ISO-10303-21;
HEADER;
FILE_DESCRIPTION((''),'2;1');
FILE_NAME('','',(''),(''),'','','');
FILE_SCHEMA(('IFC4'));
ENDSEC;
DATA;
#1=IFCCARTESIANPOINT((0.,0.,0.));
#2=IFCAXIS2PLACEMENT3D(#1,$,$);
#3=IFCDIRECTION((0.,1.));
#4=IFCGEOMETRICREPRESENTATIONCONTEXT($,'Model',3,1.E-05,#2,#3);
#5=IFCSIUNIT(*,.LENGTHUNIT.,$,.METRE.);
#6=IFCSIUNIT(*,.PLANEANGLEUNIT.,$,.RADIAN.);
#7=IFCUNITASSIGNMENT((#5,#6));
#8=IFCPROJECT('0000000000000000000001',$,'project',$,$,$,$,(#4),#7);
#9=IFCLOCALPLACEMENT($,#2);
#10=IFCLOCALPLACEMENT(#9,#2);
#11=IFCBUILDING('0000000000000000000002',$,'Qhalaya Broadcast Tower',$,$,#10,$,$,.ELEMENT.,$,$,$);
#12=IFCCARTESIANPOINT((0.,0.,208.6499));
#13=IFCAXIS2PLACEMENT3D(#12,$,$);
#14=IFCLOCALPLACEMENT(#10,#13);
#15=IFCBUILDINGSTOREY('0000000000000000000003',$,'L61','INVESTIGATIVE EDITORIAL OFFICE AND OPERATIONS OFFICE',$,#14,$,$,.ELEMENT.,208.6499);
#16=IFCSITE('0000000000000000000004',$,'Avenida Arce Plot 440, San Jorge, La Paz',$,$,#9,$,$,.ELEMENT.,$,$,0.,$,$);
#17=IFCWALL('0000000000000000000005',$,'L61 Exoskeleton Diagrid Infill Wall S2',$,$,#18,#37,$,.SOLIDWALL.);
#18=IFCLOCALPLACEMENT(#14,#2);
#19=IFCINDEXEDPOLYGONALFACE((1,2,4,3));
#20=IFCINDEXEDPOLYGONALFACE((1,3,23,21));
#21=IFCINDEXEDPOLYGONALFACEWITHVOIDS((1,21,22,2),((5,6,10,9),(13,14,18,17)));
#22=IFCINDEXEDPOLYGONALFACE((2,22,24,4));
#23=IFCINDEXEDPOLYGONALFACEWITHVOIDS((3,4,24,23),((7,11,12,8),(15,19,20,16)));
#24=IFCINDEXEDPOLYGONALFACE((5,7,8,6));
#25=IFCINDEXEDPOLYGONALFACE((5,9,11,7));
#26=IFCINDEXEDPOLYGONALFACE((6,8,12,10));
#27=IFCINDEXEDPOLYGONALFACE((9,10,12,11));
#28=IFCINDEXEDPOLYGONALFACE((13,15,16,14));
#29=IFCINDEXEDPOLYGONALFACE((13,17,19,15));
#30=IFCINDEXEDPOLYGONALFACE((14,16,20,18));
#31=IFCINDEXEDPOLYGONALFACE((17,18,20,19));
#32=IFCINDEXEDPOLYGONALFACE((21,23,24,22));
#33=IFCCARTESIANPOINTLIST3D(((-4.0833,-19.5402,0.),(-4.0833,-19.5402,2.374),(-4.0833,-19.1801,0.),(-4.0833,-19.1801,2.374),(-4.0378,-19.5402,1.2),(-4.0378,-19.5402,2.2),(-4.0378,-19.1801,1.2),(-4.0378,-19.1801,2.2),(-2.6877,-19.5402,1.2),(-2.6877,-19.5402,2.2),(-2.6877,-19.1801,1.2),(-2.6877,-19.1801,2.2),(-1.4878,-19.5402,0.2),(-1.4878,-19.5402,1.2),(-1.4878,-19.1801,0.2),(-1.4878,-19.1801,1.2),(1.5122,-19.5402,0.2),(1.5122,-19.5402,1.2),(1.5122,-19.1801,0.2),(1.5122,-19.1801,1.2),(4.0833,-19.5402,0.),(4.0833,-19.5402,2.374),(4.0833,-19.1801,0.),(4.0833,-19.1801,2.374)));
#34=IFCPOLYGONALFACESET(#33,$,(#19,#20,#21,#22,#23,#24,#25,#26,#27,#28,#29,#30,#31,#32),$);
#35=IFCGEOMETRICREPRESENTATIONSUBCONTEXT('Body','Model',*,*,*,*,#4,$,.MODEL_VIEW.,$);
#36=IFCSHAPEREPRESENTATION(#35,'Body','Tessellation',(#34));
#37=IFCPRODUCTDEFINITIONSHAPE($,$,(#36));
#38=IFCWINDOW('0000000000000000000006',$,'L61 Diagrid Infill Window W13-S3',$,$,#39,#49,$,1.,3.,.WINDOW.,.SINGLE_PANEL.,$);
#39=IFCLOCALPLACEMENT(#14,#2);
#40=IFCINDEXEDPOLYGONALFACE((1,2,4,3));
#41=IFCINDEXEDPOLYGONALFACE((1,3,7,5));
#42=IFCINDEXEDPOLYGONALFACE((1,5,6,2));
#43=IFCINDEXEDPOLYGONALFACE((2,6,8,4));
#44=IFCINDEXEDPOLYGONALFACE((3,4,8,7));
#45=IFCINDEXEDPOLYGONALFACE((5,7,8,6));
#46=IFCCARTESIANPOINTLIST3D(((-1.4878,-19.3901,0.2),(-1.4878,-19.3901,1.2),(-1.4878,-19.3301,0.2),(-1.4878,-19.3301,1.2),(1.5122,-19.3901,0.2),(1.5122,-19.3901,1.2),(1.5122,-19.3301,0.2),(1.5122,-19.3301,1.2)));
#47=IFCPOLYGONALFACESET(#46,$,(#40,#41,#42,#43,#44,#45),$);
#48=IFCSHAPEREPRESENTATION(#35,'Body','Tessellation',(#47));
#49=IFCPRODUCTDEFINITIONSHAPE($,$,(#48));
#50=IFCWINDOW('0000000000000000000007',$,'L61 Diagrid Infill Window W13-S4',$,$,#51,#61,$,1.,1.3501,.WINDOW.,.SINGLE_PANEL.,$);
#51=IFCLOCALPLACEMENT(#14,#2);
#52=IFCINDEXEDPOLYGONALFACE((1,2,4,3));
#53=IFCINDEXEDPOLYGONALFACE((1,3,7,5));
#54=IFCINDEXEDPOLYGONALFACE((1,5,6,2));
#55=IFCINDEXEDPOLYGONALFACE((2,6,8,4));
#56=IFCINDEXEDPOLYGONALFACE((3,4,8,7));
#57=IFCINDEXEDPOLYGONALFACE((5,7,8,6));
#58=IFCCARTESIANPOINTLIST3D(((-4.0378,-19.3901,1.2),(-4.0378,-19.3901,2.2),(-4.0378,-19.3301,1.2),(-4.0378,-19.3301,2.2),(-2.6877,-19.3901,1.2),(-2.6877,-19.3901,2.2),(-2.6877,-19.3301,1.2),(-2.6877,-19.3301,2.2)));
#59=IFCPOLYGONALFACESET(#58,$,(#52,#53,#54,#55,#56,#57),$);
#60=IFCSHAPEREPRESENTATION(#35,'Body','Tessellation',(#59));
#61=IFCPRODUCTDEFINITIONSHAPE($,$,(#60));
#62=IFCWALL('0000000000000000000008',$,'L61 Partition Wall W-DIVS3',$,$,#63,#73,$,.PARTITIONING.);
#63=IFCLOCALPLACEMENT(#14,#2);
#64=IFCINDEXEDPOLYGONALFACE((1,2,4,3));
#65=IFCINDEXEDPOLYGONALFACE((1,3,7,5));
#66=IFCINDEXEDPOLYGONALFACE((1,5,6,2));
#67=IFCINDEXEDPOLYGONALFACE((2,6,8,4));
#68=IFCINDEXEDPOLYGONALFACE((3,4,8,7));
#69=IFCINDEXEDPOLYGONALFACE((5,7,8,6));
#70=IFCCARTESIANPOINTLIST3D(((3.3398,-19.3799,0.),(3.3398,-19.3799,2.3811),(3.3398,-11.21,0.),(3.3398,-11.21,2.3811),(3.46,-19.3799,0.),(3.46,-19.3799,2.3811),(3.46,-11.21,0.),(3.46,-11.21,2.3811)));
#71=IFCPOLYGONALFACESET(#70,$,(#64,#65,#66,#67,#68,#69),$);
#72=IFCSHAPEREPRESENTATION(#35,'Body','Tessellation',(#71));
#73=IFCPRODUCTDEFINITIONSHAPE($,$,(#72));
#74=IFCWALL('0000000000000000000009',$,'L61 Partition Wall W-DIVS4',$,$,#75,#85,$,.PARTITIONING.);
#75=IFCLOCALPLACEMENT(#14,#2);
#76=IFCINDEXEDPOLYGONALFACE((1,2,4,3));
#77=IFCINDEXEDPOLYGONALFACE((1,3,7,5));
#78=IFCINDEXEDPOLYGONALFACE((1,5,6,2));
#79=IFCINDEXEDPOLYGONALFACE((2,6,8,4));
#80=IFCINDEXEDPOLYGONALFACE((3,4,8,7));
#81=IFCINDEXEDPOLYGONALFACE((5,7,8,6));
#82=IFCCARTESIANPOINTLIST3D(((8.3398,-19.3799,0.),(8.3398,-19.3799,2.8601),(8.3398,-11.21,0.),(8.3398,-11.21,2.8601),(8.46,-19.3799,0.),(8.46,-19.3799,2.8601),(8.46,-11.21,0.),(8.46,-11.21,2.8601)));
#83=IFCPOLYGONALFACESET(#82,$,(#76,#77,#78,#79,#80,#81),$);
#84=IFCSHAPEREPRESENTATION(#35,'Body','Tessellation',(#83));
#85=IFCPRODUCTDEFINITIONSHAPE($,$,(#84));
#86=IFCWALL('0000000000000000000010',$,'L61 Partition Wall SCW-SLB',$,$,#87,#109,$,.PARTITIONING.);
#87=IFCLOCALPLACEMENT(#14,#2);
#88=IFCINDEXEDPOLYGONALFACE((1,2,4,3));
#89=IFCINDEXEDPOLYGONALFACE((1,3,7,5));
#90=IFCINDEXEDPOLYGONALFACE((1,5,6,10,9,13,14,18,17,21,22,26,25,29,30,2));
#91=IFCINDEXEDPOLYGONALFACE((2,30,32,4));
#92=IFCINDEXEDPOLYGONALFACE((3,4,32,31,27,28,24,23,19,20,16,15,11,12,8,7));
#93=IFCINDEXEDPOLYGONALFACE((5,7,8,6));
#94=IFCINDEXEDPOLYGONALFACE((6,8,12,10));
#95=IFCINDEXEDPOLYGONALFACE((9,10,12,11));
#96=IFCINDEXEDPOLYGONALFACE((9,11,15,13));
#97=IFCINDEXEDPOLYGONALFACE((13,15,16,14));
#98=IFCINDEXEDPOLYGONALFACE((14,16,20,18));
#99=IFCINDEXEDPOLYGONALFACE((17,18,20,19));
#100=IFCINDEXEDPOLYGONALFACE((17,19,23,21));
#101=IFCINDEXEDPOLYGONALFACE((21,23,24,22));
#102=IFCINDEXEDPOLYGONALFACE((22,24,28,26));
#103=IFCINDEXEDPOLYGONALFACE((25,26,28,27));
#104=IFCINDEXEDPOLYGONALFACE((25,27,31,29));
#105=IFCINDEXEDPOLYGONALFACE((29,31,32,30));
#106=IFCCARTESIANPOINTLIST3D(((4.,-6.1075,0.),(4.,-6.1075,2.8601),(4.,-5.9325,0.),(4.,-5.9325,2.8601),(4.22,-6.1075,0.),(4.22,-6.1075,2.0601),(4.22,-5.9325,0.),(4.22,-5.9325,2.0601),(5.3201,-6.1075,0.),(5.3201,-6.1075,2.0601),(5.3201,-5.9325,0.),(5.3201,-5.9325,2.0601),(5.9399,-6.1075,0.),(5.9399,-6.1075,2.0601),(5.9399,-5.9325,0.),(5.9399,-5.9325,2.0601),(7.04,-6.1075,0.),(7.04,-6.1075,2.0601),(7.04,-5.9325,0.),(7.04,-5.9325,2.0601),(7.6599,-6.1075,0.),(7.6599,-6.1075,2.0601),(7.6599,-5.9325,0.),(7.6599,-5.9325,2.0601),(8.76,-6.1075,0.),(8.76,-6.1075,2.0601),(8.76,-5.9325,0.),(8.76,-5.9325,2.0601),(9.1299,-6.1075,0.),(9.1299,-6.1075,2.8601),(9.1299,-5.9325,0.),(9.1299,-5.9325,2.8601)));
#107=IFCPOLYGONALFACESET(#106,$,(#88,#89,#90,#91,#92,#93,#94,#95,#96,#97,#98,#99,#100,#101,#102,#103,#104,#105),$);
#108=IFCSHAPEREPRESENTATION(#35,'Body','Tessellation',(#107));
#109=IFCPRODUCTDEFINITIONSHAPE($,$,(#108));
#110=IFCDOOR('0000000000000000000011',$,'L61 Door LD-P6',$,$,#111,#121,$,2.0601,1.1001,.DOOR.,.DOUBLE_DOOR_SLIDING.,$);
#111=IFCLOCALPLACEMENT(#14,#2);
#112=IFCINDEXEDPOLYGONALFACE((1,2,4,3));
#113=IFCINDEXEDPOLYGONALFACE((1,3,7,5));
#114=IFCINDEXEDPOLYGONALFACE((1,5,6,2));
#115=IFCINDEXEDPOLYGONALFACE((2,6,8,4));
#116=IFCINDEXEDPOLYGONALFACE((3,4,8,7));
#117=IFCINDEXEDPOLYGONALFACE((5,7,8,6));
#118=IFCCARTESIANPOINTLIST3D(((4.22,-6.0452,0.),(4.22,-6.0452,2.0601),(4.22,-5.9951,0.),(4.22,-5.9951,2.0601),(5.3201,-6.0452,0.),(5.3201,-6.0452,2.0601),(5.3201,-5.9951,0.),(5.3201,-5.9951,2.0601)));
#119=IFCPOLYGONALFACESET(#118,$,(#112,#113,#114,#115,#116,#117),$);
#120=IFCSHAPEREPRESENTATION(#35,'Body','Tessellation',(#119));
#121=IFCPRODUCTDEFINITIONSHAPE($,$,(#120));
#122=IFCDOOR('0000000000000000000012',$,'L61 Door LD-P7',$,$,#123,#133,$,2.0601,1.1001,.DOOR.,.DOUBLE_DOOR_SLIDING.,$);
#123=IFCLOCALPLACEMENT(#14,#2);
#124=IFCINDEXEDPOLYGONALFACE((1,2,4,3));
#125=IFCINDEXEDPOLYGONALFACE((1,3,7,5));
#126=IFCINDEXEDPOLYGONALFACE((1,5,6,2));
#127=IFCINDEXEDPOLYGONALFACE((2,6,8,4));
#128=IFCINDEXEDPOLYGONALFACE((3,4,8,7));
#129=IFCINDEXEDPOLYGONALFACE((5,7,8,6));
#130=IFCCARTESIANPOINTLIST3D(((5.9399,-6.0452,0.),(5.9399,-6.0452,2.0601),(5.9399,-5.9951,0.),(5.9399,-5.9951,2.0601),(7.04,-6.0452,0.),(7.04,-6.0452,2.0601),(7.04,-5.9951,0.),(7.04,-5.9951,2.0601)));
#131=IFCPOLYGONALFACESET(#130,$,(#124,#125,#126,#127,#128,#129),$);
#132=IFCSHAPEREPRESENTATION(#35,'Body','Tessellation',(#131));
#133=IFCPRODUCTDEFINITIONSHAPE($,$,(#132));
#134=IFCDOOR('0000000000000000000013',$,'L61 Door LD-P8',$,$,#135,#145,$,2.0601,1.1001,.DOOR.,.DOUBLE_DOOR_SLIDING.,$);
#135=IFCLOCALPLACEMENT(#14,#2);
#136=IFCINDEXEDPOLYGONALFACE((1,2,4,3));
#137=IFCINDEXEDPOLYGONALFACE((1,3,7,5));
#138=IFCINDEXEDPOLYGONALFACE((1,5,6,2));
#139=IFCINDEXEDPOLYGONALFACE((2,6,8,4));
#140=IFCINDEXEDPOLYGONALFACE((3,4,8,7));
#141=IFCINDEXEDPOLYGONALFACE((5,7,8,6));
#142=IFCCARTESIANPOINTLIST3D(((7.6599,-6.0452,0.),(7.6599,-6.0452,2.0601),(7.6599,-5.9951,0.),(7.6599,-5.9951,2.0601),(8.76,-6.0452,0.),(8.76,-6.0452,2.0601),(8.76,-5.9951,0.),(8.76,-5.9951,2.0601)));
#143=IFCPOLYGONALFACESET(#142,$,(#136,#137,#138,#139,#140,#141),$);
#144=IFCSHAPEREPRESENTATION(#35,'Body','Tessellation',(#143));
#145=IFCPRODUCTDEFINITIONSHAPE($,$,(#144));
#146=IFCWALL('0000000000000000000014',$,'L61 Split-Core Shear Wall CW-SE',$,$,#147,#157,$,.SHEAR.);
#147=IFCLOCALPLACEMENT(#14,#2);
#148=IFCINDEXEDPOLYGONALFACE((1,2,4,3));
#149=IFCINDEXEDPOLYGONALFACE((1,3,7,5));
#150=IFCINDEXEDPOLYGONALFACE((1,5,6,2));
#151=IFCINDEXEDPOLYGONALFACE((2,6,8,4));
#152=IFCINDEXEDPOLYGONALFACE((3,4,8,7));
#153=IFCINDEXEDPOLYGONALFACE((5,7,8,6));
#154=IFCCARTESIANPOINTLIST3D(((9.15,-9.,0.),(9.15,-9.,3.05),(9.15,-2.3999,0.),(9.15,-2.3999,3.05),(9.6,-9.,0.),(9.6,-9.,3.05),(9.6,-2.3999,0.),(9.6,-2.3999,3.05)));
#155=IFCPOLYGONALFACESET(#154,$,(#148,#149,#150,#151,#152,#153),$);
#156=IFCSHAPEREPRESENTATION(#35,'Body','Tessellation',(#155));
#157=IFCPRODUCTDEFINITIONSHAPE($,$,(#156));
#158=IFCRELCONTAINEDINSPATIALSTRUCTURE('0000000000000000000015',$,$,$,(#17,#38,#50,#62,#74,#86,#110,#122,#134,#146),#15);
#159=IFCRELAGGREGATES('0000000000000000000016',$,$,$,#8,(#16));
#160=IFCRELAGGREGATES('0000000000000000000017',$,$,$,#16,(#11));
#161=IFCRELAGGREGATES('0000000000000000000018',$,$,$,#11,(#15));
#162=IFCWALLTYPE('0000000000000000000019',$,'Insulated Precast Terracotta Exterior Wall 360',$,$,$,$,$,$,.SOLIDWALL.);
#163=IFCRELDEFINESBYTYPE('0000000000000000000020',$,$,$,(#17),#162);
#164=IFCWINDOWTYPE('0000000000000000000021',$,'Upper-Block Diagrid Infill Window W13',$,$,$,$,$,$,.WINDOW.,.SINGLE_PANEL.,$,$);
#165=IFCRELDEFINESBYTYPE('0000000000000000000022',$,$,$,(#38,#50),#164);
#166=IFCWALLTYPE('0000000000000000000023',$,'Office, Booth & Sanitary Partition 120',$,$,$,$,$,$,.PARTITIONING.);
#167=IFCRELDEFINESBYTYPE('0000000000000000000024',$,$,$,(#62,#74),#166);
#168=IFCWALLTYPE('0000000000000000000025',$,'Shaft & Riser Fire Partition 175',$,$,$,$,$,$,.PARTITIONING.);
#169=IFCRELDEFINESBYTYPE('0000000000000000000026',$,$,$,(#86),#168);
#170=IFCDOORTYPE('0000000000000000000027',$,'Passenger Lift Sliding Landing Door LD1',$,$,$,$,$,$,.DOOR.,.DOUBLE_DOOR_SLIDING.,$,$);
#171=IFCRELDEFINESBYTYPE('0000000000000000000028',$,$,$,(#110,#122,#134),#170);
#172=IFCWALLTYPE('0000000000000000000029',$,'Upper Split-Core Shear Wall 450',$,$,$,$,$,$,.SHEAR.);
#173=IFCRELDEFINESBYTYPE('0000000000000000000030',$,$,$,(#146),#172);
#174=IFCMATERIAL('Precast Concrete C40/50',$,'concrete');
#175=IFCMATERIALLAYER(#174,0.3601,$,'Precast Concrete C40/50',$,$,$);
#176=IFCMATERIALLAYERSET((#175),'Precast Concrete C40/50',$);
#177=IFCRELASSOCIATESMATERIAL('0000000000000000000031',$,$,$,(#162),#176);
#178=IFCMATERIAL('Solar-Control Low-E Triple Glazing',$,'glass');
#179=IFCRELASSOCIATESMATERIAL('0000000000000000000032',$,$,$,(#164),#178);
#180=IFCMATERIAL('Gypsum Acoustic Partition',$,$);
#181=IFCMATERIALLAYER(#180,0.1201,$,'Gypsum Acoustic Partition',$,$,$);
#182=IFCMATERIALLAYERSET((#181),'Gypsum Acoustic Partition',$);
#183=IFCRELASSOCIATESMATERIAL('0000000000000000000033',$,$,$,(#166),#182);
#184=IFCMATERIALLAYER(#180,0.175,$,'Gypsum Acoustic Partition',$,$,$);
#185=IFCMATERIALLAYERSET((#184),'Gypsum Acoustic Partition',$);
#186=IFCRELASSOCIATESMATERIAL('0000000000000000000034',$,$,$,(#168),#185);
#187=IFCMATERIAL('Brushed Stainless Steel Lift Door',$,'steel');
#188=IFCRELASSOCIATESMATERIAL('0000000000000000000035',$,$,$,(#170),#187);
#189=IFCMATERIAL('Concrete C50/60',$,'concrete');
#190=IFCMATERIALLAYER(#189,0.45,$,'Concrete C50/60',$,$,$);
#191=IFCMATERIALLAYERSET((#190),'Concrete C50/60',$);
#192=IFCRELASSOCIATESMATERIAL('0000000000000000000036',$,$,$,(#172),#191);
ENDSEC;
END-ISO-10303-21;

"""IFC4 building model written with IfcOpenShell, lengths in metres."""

from ifc_helpers import new_model, si_unit, direction, frame, frame_2d, origin, place, context, subcontext, project, spatial, rectangle, extrude, material, layer, layer_set, type_object, element, fill, save


model = new_model("IFC4")

# Units and contexts
model_context = context("Model", 3, precision=1e-05, world=origin(), true_north=direction((0.0, 1.0)))
body_context = subcontext(model_context, "Body", "Model", "MODEL_VIEW")
ifc_project = project(units=[si_unit("LENGTHUNIT", "METRE"), si_unit("PLANEANGLEUNIT", "RADIAN")], contexts=[model_context])

# Site, building, storey
site_placement = place(None, origin())
site = spatial("IfcSite", under=ifc_project, at=site_placement, Name="Avenida Arce Plot 440, San Jorge, La Paz", CompositionType="ELEMENT", RefElevation=0.0)
building_placement = place(site_placement, origin())
building = spatial("IfcBuilding", under=site, at=building_placement, Name="Qhalaya Broadcast Tower", CompositionType="ELEMENT")
storey_placement = place(building_placement, frame((0.0, 0.0, 208.6499)))
storey = spatial("IfcBuildingStorey", under=building, at=storey_placement, Name="L61", Description="INVESTIGATIVE EDITORIAL OFFICE AND OPERATIONS OFFICE", CompositionType="ELEMENT", Elevation=208.6499)

# Shared definitions
ifc_material_1 = material(Name="Gypsum Acoustic Partition")

# Wall, openings, windows
ifc_material_2 = material(Name="Precast Concrete C40/50", Category="concrete")
ifc_layer_1 = layer(ifc_material_2, 0.3601, Name="Precast Concrete C40/50")
ifc_layer_set_1 = layer_set([ifc_layer_1], Name="Precast Concrete C40/50")
wall_type_1 = type_object("IfcWallType", Name="Insulated Precast Terracotta Exterior Wall 360", PredefinedType="SOLIDWALL", material=ifc_layer_set_1)
wall_1_placement = place(storey_placement, frame((4.0833, -19.3601, 0.0), z_axis=(0.0, 0.0, 1.0), x_axis=(-1.0, 0.0, 0.0)))
wall_1 = element("IfcWall", 1, at=wall_1_placement, inside=storey, type_object=wall_type_1, Name="L61 Exoskeleton Diagrid Infill Wall S2", PredefinedType="SOLIDWALL", context=body_context, shape_type="SweptSolid", body=[
    extrude(rectangle(XDim=8.1665, YDim=0.3601, at=frame_2d((4.0833, 0.0))), origin(), (0.0, 0.0, 1.0), 2.374),
])
opening_1_placement = place(wall_1_placement, frame((2.571, 0.0, 0.2)))
opening_1 = element("IfcOpeningElement", 2, at=opening_1_placement, cuts=wall_1, PredefinedType="OPENING", context=body_context, shape_type="SweptSolid", body=[
    extrude(rectangle(XDim=3.0, YDim=1.0, at=frame_2d((1.5, 0.5))), frame((0.0, 0.1921, 0.0), z_axis=(0.0, -1.0, 0.0), x_axis=(1.0, 0.0, 0.0)), (0.0, 0.0, 1.0), 0.384),
])
opening_2_placement = place(wall_1_placement, frame((6.771, 0.0, 1.2)))
opening_2 = element("IfcOpeningElement", 3, at=opening_2_placement, cuts=wall_1, PredefinedType="OPENING", context=body_context, shape_type="SweptSolid", body=[
    extrude(rectangle(XDim=1.3501, YDim=1.0, at=frame_2d((0.675, 0.5))), frame((0.0, 0.1921, 0.0), z_axis=(0.0, -1.0, 0.0), x_axis=(1.0, 0.0, 0.0)), (0.0, 0.0, 1.0), 0.384),
])
ifc_material_3 = material(Name="Solar-Control Low-E Triple Glazing", Category="glass")
window_type = type_object("IfcWindowType", Name="Upper-Block Diagrid Infill Window W13", PartitioningType="SINGLE_PANEL", PredefinedType="WINDOW", material=ifc_material_3)
window_1_placement = place(opening_1_placement, origin())
window_1 = element("IfcWindow", 4, at=window_1_placement, inside=storey, type_object=window_type, Name="L61 Diagrid Infill Window W13-S3", OverallHeight=1.0, OverallWidth=3.0, PartitioningType="SINGLE_PANEL", PredefinedType="WINDOW", context=body_context, shape_type="SweptSolid", body=[
    extrude(rectangle(XDim=3.0, YDim=1.0, at=frame_2d((1.5, 0.5))), frame((0.0, 0.03, 0.0), z_axis=(0.0, -1.0, 0.0), x_axis=(1.0, 0.0, 0.0)), (0.0, 0.0, 1.0), 0.0601),
])
fill(opening_1, window_1)
window_2_placement = place(opening_2_placement, origin())
window_2 = element("IfcWindow", 5, at=window_2_placement, inside=storey, type_object=window_type, Name="L61 Diagrid Infill Window W13-S4", OverallHeight=1.0, OverallWidth=1.3501, PartitioningType="SINGLE_PANEL", PredefinedType="WINDOW", context=body_context, shape_type="SweptSolid", body=[
    extrude(rectangle(XDim=1.3501, YDim=1.0, at=frame_2d((0.675, 0.5))), frame((0.0, 0.03, 0.0), z_axis=(0.0, -1.0, 0.0), x_axis=(1.0, 0.0, 0.0)), (0.0, 0.0, 1.0), 0.0601),
])
fill(opening_2, window_2)

# Walls
ifc_layer_2 = layer(ifc_material_1, 0.1201, Name="Gypsum Acoustic Partition")
ifc_layer_set_2 = layer_set([ifc_layer_2], Name="Gypsum Acoustic Partition")
wall_type_2 = type_object("IfcWallType", Name="Office, Booth & Sanitary Partition 120", PredefinedType="PARTITIONING", material=ifc_layer_set_2)
wall_2_placement = place(storey_placement, frame((3.3999, -19.3799, 0.0), z_axis=(0.0, 0.0, 1.0), x_axis=(0.0, 1.0, 0.0)))
element("IfcWall", 6, at=wall_2_placement, inside=storey, type_object=wall_type_2, Name="L61 Partition Wall W-DIVS3", PredefinedType="PARTITIONING", context=body_context, shape_type="SweptSolid", body=[
    extrude(rectangle(XDim=8.1699, YDim=0.1201, at=frame_2d((4.085, 0.0))), origin(), (0.0, 0.0, 1.0), 2.3811),
])
wall_3_placement = place(storey_placement, frame((8.3999, -19.3799, 0.0), z_axis=(0.0, 0.0, 1.0), x_axis=(0.0, 1.0, 0.0)))
element("IfcWall", 7, at=wall_3_placement, inside=storey, type_object=wall_type_2, Name="L61 Partition Wall W-DIVS4", PredefinedType="PARTITIONING", context=body_context, shape_type="SweptSolid", body=[
    extrude(rectangle(XDim=8.1699, YDim=0.1201, at=frame_2d((4.085, 0.0))), origin(), (0.0, 0.0, 1.0), 2.8601),
])

# Wall, openings, doors
ifc_layer_3 = layer(ifc_material_1, 0.175, Name="Gypsum Acoustic Partition")
ifc_layer_set_3 = layer_set([ifc_layer_3], Name="Gypsum Acoustic Partition")
wall_type_3 = type_object("IfcWallType", Name="Shaft & Riser Fire Partition 175", PredefinedType="PARTITIONING", material=ifc_layer_set_3)
wall_4_placement = place(storey_placement, frame((4.0, -6.02, 0.0), z_axis=(0.0, 0.0, 1.0), x_axis=(1.0, 0.0, 0.0)))
wall_4 = element("IfcWall", 8, at=wall_4_placement, inside=storey, type_object=wall_type_3, Name="L61 Partition Wall SCW-SLB", PredefinedType="PARTITIONING", context=body_context, shape_type="SweptSolid", body=[
    extrude(rectangle(XDim=5.1299, YDim=0.175, at=frame_2d((2.5649, 0.0))), origin(), (0.0, 0.0, 1.0), 2.8601),
])
opening_3_placement = place(wall_4_placement, frame((0.22, 0.0, 0.0)))
opening_3 = element("IfcOpeningElement", 9, at=opening_3_placement, cuts=wall_4, PredefinedType="OPENING", context=body_context, shape_type="SweptSolid", body=[
    extrude(rectangle(XDim=1.1001, YDim=2.0601, at=frame_2d((0.55, 1.03))), frame((0.0, 0.0996, 0.0), z_axis=(0.0, -1.0, 0.0), x_axis=(1.0, 0.0, 0.0)), (0.0, 0.0, 1.0), 0.199),
])
opening_4_placement = place(wall_4_placement, frame((1.9399, 0.0, 0.0)))
opening_4 = element("IfcOpeningElement", 10, at=opening_4_placement, cuts=wall_4, PredefinedType="OPENING", context=body_context, shape_type="SweptSolid", body=[
    extrude(rectangle(XDim=1.1001, YDim=2.0601, at=frame_2d((0.55, 1.03))), frame((0.0, 0.0996, 0.0), z_axis=(0.0, -1.0, 0.0), x_axis=(1.0, 0.0, 0.0)), (0.0, 0.0, 1.0), 0.199),
])
opening_5_placement = place(wall_4_placement, frame((3.6599, 0.0, 0.0)))
opening_5 = element("IfcOpeningElement", 11, at=opening_5_placement, cuts=wall_4, PredefinedType="OPENING", context=body_context, shape_type="SweptSolid", body=[
    extrude(rectangle(XDim=1.1001, YDim=2.0601, at=frame_2d((0.55, 1.03))), frame((0.0, 0.0996, 0.0), z_axis=(0.0, -1.0, 0.0), x_axis=(1.0, 0.0, 0.0)), (0.0, 0.0, 1.0), 0.199),
])
ifc_material_4 = material(Name="Brushed Stainless Steel Lift Door", Category="steel")
door_type_1 = type_object("IfcDoorType", Name="Passenger Lift Sliding Landing Door LD1", OperationType="DOUBLE_DOOR_SLIDING", PredefinedType="DOOR", material=ifc_material_4)
door_1_placement = place(opening_3_placement, origin())
door_1 = element("IfcDoor", 12, at=door_1_placement, inside=storey, type_object=door_type_1, Name="L61 Door LD-P6", OperationType="DOUBLE_DOOR_SLIDING", OverallHeight=2.0601, OverallWidth=1.1001, PredefinedType="DOOR", context=body_context, shape_type="SweptSolid", body=[
    extrude(rectangle(XDim=1.1001, YDim=2.0601, at=frame_2d((0.55, 1.03))), frame((0.0, 0.0249, 0.0), z_axis=(0.0, -1.0, 0.0), x_axis=(1.0, 0.0, 0.0)), (0.0, 0.0, 1.0), 0.05),
])
fill(opening_3, door_1)
door_2_placement = place(opening_4_placement, origin())
door_2 = element("IfcDoor", 13, at=door_2_placement, inside=storey, type_object=door_type_1, Name="L61 Door LD-P7", OperationType="DOUBLE_DOOR_SLIDING", OverallHeight=2.0601, OverallWidth=1.1001, PredefinedType="DOOR", context=body_context, shape_type="SweptSolid", body=[
    extrude(rectangle(XDim=1.1001, YDim=2.0601, at=frame_2d((0.55, 1.03))), frame((0.0, 0.0249, 0.0), z_axis=(0.0, -1.0, 0.0), x_axis=(1.0, 0.0, 0.0)), (0.0, 0.0, 1.0), 0.05),
])
fill(opening_4, door_2)
door_3_placement = place(opening_5_placement, origin())
door_3 = element("IfcDoor", 14, at=door_3_placement, inside=storey, type_object=door_type_1, Name="L61 Door LD-P8", OperationType="DOUBLE_DOOR_SLIDING", OverallHeight=2.0601, OverallWidth=1.1001, PredefinedType="DOOR", context=body_context, shape_type="SweptSolid", body=[
    extrude(rectangle(XDim=1.1001, YDim=2.0601, at=frame_2d((0.55, 1.03))), frame((0.0, 0.0249, 0.0), z_axis=(0.0, -1.0, 0.0), x_axis=(1.0, 0.0, 0.0)), (0.0, 0.0, 1.0), 0.05),
])
fill(opening_5, door_3)

# Wall
ifc_material_5 = material(Name="Concrete C50/60", Category="concrete")
ifc_layer_4 = layer(ifc_material_5, 0.45, Name="Concrete C50/60")
ifc_layer_set_4 = layer_set([ifc_layer_4], Name="Concrete C50/60")
wall_type_4 = type_object("IfcWallType", Name="Upper Split-Core Shear Wall 450", PredefinedType="SHEAR", material=ifc_layer_set_4)
wall_5_placement = place(storey_placement, frame((9.375, -9.0, 0.0), z_axis=(0.0, 0.0, 1.0), x_axis=(0.0, 1.0, 0.0)))
element("IfcWall", 15, at=wall_5_placement, inside=storey, type_object=wall_type_4, Name="L61 Split-Core Shear Wall CW-SE", PredefinedType="SHEAR", context=body_context, shape_type="SweptSolid", body=[
    extrude(rectangle(XDim=6.6001, YDim=0.45, at=frame_2d((3.3, 0.0))), origin(), (0.0, 0.0, 1.0), 3.05),
])

save(model, "model.ifc")
